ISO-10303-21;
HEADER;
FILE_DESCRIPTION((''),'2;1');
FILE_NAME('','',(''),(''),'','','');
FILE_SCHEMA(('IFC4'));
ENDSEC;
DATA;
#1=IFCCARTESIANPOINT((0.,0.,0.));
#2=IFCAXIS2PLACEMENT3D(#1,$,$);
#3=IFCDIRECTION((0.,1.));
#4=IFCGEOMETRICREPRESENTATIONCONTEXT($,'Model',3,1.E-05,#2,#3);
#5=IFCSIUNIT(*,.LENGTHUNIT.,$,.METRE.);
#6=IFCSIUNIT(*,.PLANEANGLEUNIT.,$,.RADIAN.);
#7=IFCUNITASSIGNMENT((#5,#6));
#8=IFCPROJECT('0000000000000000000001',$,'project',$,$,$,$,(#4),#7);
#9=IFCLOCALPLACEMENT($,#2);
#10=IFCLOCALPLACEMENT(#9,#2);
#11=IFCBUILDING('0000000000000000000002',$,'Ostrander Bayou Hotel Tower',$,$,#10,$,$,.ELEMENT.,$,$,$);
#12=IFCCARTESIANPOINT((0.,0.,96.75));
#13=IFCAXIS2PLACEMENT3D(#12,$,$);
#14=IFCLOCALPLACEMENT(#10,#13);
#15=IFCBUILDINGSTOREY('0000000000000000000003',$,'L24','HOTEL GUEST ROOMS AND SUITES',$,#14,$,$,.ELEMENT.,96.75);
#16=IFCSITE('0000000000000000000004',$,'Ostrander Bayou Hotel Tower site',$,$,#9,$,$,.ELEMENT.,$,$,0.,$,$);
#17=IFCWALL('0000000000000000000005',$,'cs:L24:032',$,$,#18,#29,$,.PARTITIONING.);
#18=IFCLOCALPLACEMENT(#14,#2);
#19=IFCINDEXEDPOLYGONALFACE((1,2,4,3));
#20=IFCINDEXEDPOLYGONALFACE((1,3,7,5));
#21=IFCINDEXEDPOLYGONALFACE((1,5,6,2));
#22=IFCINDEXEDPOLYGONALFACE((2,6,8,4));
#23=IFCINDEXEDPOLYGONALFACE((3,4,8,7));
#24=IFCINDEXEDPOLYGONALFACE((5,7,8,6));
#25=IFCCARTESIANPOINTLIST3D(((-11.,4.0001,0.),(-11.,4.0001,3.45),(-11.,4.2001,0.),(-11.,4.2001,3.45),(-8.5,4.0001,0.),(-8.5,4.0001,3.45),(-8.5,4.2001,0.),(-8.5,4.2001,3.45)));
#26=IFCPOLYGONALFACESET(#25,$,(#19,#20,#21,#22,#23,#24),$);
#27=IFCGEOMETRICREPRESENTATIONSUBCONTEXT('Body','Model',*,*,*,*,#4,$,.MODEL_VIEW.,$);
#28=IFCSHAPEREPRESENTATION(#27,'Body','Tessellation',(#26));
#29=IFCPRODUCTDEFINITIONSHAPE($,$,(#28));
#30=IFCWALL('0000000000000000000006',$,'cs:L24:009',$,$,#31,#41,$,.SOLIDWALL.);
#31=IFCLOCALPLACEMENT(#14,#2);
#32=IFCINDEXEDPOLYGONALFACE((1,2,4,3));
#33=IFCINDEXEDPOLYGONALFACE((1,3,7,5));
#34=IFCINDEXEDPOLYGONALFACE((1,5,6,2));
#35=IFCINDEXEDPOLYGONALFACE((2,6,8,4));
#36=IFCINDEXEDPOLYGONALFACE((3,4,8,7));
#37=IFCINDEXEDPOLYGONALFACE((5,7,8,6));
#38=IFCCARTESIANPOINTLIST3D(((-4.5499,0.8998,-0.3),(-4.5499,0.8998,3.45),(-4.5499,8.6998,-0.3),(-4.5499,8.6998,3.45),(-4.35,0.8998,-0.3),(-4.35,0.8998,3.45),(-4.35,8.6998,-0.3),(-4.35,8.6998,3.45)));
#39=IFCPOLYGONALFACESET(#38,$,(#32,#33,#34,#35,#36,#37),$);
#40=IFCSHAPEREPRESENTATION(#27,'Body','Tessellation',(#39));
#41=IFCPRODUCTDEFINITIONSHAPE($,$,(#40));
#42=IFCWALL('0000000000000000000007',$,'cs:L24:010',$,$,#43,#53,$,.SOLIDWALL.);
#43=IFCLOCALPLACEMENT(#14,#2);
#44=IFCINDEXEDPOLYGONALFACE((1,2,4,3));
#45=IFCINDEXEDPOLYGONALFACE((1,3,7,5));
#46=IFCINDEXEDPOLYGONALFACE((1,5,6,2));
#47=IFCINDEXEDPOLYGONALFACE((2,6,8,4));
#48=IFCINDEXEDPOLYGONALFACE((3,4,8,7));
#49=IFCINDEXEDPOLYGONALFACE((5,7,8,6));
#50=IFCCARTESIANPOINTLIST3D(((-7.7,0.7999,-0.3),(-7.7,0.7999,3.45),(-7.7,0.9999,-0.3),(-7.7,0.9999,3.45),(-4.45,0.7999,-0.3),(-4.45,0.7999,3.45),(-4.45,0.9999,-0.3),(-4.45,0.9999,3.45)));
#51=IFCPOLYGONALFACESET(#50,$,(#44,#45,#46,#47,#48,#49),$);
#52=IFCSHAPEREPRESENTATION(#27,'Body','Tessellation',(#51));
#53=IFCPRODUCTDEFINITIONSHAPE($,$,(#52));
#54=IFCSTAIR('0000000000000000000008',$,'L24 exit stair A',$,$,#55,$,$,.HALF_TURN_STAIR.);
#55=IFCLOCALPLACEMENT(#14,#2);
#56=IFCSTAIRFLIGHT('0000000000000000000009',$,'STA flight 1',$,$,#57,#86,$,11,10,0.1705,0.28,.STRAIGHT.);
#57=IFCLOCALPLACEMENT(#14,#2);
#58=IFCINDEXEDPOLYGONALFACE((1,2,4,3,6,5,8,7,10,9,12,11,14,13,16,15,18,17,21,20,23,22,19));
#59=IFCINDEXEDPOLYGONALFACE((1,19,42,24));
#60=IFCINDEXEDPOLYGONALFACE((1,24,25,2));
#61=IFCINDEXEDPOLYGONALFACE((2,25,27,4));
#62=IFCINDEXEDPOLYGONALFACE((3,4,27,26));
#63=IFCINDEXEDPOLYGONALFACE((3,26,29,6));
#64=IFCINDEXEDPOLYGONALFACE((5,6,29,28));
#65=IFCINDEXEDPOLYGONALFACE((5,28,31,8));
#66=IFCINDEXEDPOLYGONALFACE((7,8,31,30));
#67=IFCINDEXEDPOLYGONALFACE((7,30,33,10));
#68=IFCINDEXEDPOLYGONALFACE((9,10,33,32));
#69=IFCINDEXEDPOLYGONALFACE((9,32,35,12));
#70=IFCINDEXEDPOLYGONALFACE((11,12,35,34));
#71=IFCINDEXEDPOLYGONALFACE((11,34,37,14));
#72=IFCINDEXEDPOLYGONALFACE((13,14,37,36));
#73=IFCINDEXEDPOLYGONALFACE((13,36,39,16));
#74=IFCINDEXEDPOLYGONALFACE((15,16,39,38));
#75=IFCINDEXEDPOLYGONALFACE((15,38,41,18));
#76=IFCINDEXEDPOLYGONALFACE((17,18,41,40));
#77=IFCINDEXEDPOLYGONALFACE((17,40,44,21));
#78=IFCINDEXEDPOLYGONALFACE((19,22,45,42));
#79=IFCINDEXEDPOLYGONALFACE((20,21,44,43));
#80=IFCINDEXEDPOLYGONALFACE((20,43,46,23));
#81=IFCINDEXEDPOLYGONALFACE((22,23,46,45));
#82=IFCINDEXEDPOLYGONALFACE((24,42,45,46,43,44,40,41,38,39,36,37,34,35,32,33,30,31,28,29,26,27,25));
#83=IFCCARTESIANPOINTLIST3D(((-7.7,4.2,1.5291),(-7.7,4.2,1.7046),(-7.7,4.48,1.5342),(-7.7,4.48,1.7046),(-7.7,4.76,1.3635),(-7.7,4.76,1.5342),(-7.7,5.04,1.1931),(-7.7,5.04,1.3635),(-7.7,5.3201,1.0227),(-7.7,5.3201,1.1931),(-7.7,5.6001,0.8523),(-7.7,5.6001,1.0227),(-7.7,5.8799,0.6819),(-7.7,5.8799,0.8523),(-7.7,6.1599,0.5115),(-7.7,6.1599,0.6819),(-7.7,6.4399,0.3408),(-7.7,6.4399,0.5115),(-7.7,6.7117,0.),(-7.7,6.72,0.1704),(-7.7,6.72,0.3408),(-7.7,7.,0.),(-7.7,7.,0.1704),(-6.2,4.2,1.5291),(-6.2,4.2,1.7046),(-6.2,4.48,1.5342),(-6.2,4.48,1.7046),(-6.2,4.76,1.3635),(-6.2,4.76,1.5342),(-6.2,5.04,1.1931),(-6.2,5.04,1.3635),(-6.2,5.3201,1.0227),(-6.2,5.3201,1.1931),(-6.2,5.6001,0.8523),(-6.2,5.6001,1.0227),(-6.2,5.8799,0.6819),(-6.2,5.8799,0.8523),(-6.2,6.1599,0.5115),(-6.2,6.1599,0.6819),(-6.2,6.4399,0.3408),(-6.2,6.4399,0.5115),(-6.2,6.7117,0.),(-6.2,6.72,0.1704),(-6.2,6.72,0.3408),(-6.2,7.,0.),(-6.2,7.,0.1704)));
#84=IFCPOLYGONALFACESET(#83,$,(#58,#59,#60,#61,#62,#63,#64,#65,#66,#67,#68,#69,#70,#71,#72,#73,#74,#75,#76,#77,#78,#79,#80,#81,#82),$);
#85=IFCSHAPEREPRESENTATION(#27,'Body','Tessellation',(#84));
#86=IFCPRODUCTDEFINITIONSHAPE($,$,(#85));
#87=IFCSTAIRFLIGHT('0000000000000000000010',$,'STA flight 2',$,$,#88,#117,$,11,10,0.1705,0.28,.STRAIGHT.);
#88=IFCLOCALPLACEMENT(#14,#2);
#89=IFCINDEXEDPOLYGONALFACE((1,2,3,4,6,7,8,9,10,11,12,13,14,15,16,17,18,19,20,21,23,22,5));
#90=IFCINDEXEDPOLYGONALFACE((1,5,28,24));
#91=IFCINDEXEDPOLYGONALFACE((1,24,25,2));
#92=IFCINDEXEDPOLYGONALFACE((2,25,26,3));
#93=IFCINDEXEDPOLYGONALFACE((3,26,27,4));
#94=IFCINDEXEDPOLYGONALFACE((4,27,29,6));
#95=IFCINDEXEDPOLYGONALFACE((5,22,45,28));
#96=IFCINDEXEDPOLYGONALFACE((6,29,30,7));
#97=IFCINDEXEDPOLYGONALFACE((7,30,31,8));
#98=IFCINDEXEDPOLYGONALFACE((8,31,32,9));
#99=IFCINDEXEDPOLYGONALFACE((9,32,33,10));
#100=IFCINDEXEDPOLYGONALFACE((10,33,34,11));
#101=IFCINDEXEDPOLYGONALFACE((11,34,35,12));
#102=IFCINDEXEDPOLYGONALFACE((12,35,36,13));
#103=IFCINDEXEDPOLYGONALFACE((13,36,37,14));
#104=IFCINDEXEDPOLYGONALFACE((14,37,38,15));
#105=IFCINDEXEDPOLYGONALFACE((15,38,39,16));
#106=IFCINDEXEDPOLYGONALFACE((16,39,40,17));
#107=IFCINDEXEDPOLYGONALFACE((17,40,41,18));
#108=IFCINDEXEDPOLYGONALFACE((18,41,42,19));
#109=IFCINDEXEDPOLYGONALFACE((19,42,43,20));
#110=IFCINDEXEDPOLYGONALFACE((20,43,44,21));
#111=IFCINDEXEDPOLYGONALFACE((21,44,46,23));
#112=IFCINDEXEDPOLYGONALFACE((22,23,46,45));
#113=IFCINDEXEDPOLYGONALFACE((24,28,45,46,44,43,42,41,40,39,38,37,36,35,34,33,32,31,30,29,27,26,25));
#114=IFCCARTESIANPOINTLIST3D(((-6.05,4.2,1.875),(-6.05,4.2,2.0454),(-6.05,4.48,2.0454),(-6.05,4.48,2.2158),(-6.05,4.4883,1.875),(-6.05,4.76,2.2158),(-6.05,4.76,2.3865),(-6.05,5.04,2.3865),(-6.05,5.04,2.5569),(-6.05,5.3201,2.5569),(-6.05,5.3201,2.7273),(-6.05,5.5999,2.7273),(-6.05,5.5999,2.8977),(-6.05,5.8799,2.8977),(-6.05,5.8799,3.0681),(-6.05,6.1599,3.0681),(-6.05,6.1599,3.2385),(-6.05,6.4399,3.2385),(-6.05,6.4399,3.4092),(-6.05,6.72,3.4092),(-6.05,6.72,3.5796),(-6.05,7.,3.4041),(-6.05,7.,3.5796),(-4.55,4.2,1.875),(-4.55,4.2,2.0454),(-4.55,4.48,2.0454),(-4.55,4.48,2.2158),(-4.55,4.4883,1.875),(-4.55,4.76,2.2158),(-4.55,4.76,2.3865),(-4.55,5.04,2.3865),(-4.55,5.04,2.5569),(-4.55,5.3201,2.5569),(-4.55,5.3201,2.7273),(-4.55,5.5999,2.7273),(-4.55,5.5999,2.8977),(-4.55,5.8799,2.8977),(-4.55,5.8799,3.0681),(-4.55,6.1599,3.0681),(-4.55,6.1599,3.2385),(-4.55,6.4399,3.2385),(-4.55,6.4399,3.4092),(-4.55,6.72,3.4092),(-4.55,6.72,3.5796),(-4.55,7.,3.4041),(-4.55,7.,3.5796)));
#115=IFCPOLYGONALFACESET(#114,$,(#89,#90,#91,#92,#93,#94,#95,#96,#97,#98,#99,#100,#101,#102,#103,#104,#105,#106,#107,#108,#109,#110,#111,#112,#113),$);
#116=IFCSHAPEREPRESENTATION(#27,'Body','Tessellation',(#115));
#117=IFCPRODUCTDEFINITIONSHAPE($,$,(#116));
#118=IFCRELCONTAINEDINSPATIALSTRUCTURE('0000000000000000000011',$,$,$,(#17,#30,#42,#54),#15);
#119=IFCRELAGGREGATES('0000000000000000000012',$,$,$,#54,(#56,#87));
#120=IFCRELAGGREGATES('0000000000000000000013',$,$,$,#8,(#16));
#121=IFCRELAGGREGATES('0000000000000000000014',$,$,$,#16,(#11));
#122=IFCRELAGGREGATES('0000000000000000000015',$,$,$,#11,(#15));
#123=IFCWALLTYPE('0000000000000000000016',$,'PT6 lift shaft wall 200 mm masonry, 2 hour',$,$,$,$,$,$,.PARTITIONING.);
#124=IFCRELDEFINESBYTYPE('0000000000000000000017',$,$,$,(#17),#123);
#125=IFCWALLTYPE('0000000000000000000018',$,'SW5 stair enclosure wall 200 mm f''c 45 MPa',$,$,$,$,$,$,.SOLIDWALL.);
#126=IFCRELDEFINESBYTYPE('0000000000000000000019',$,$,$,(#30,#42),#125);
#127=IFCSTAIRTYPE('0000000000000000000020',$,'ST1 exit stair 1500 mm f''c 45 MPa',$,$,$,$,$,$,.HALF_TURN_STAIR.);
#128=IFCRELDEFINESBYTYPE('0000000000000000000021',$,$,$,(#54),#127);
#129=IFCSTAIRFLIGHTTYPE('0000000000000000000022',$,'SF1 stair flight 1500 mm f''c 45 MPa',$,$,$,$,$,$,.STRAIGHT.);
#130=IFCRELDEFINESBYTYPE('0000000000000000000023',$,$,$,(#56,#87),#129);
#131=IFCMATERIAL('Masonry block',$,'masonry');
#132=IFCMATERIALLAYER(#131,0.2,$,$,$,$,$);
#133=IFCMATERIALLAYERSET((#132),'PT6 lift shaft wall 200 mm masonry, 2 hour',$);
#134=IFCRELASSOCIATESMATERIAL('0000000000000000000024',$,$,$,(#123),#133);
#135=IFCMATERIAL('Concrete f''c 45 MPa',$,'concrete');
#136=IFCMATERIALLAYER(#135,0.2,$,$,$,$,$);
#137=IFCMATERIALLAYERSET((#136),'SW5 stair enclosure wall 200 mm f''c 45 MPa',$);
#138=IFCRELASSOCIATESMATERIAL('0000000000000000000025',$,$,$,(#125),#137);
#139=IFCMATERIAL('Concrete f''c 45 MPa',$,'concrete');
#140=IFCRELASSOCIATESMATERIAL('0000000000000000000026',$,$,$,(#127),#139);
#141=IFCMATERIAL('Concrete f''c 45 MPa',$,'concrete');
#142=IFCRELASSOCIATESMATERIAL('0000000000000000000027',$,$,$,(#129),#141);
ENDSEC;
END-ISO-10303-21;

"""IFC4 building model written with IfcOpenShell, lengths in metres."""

from ifc_helpers import new_model, si_unit, direction, frame, frame_2d, origin, place, context, subcontext, project, spatial, polyline, rectangle, outline, extrude, material, layer, layer_set, type_object, element, aggregate, save


model = new_model("IFC4")

# Units and contexts
model_context = context("Model", 3, precision=1e-05, world=origin(), true_north=direction((0.0, 1.0)))
body_context = subcontext(model_context, "Body", "Model", "MODEL_VIEW")
ifc_project = project(units=[si_unit("LENGTHUNIT", "METRE"), si_unit("PLANEANGLEUNIT", "RADIAN")], contexts=[model_context])

# Site, building, storey
site_placement = place(None, origin())
site = spatial("IfcSite", under=ifc_project, at=site_placement, Name="Ostrander Bayou Hotel Tower site", CompositionType="ELEMENT", RefElevation=0.0)
building_placement = place(site_placement, origin())
building = spatial("IfcBuilding", under=site, at=building_placement, Name="Ostrander Bayou Hotel Tower", CompositionType="ELEMENT")
storey_placement = place(building_placement, frame((0.0, 0.0, 96.75)))
storey = spatial("IfcBuildingStorey", under=building, at=storey_placement, Name="L24", Description="HOTEL GUEST ROOMS AND SUITES", CompositionType="ELEMENT", Elevation=96.75)

# Walls
ifc_material_1 = material(Name="Masonry block", Category="masonry")
ifc_layer_1 = layer(ifc_material_1, 0.2)
ifc_layer_set_1 = layer_set([ifc_layer_1], Name="PT6 lift shaft wall 200 mm masonry, 2 hour")
wall_type_1 = type_object("IfcWallType", Name="PT6 lift shaft wall 200 mm masonry, 2 hour", PredefinedType="PARTITIONING", material=ifc_layer_set_1)
for number, where, z_axis, x_axis, name in (
    (1, (-11.0, 4.1001, 0.0), (0.0, 0.0, 1.0), (1.0, 0.0, 0.0), "cs:L24:032"),
):
    element("IfcWall", number, at=place(storey_placement, frame(where, z_axis=z_axis, x_axis=x_axis)), inside=storey, type_object=wall_type_1, Name=name, PredefinedType="PARTITIONING", context=body_context, shape_type="SweptSolid", body=[
        extrude(rectangle(XDim=2.5, YDim=0.2, at=frame_2d((1.25, 0.0))), origin(), (0.0, 0.0, 1.0), 3.45),
    ])
ifc_material_2 = material(Name="Concrete f'c 45 MPa", Category="concrete")
ifc_layer_2 = layer(ifc_material_2, 0.2)
ifc_layer_set_2 = layer_set([ifc_layer_2], Name="SW5 stair enclosure wall 200 mm f'c 45 MPa")
wall_type_2 = type_object("IfcWallType", Name="SW5 stair enclosure wall 200 mm f'c 45 MPa", PredefinedType="SOLIDWALL", material=ifc_layer_set_2)
wall_1_placement = place(storey_placement, frame((-4.45, 0.8999, -0.3), z_axis=(0.0, 0.0, 1.0), x_axis=(0.0, 1.0, 0.0)))
element("IfcWall", 2, at=wall_1_placement, inside=storey, type_object=wall_type_2, Name="cs:L24:009", PredefinedType="SOLIDWALL", context=body_context, shape_type="SweptSolid", body=[
    extrude(rectangle(XDim=7.8, YDim=0.2, at=frame_2d((3.8999, 0.0))), origin(), (0.0, 0.0, 1.0), 3.75),
])
wall_2_placement = place(storey_placement, frame((-7.7, 0.8999, -0.3), z_axis=(0.0, 0.0, 1.0), x_axis=(1.0, 0.0, 0.0)))
element("IfcWall", 3, at=wall_2_placement, inside=storey, type_object=wall_type_2, Name="cs:L24:010", PredefinedType="SOLIDWALL", context=body_context, shape_type="SweptSolid", body=[
    extrude(rectangle(XDim=3.25, YDim=0.2, at=frame_2d((1.625, 0.0))), origin(), (0.0, 0.0, 1.0), 3.75),
])

# Stair, stair flights
ifc_material_3 = material(Name="Concrete f'c 45 MPa", Category="concrete")
stair_type = type_object("IfcStairType", Name="ST1 exit stair 1500 mm f'c 45 MPa", PredefinedType="HALF_TURN_STAIR", material=ifc_material_3)
stair_placement = place(storey_placement, origin())
stair = element("IfcStair", 4, at=stair_placement, inside=storey, type_object=stair_type, Name="L24 exit stair A", PredefinedType="HALF_TURN_STAIR")
ifc_material_4 = material(Name="Concrete f'c 45 MPa", Category="concrete")
stair_flight_type = type_object("IfcStairFlightType", Name="SF1 stair flight 1500 mm f'c 45 MPa", PredefinedType="STRAIGHT", material=ifc_material_4)
stair_flight_1_placement = place(storey_placement, frame((-6.95, 7.0, 0.0), z_axis=(0.0, 0.0, 1.0), x_axis=(0.0, -1.0, 0.0)))
stair_flight_1 = element("IfcStairFlight", 5, at=stair_flight_1_placement, type_object=stair_flight_type, Name="STA flight 1", NumberOfRisers=11, NumberOfTreads=10, PredefinedType="STRAIGHT", RiserHeight=0.1705, TreadLength=0.28, context=body_context, shape_type="SweptSolid", body=[
    extrude(outline(polyline([(0.0, 0.0), (0.0, 0.1704), (0.28, 0.1704), (0.28, 0.3408), (0.5601, 0.3408), (0.5601, 0.5115), (0.8401, 0.5115), (0.8401, 0.6819), (1.1201, 0.6819), (1.1201, 0.8523), (1.3999, 0.8523), (1.3999, 1.0227), (1.6799, 1.0227), (1.6799, 1.1931), (1.96, 1.1931), (1.96, 1.3635), (2.24, 1.3635), (2.24, 1.5342), (2.52, 1.5342), (2.52, 1.7046), (2.8, 1.7046), (2.8, 1.875), (2.8, 1.5291), (0.2883, 0.0), (0.0, 0.0)])), frame((0.0, 0.75, 0.0), z_axis=(0.0, -1.0, 0.0), x_axis=(1.0, 0.0, 0.0)), (0.0, 0.0, 1.0), 1.5),
])
stair_flight_2_placement = place(storey_placement, frame((-5.3, 4.2, 1.875), z_axis=(0.0, 0.0, 1.0), x_axis=(0.0, 1.0, 0.0)))
stair_flight_2 = element("IfcStairFlight", 6, at=stair_flight_2_placement, type_object=stair_flight_type, Name="STA flight 2", NumberOfRisers=11, NumberOfTreads=10, PredefinedType="STRAIGHT", RiserHeight=0.1705, TreadLength=0.28, context=body_context, shape_type="SweptSolid", body=[
    extrude(outline(polyline([(0.0, 0.0), (0.0, 0.1704), (0.28, 0.1704), (0.28, 0.3408), (0.5601, 0.3408), (0.5601, 0.5115), (0.8401, 0.5115), (0.8401, 0.6819), (1.1201, 0.6819), (1.1201, 0.8523), (1.3999, 0.8523), (1.3999, 1.0227), (1.6799, 1.0227), (1.6799, 1.1931), (1.96, 1.1931), (1.96, 1.3635), (2.24, 1.3635), (2.24, 1.5342), (2.52, 1.5342), (2.52, 1.7046), (2.8, 1.7046), (2.8, 1.875), (2.8, 1.5291), (0.2883, 0.0), (0.0, 0.0)])), frame((0.0, 0.75, 0.0), z_axis=(0.0, -1.0, 0.0), x_axis=(1.0, 0.0, 0.0)), (0.0, 0.0, 1.0), 1.5),
])
aggregate(stair, [stair_flight_1, stair_flight_2])

save(model, "model.ifc")
